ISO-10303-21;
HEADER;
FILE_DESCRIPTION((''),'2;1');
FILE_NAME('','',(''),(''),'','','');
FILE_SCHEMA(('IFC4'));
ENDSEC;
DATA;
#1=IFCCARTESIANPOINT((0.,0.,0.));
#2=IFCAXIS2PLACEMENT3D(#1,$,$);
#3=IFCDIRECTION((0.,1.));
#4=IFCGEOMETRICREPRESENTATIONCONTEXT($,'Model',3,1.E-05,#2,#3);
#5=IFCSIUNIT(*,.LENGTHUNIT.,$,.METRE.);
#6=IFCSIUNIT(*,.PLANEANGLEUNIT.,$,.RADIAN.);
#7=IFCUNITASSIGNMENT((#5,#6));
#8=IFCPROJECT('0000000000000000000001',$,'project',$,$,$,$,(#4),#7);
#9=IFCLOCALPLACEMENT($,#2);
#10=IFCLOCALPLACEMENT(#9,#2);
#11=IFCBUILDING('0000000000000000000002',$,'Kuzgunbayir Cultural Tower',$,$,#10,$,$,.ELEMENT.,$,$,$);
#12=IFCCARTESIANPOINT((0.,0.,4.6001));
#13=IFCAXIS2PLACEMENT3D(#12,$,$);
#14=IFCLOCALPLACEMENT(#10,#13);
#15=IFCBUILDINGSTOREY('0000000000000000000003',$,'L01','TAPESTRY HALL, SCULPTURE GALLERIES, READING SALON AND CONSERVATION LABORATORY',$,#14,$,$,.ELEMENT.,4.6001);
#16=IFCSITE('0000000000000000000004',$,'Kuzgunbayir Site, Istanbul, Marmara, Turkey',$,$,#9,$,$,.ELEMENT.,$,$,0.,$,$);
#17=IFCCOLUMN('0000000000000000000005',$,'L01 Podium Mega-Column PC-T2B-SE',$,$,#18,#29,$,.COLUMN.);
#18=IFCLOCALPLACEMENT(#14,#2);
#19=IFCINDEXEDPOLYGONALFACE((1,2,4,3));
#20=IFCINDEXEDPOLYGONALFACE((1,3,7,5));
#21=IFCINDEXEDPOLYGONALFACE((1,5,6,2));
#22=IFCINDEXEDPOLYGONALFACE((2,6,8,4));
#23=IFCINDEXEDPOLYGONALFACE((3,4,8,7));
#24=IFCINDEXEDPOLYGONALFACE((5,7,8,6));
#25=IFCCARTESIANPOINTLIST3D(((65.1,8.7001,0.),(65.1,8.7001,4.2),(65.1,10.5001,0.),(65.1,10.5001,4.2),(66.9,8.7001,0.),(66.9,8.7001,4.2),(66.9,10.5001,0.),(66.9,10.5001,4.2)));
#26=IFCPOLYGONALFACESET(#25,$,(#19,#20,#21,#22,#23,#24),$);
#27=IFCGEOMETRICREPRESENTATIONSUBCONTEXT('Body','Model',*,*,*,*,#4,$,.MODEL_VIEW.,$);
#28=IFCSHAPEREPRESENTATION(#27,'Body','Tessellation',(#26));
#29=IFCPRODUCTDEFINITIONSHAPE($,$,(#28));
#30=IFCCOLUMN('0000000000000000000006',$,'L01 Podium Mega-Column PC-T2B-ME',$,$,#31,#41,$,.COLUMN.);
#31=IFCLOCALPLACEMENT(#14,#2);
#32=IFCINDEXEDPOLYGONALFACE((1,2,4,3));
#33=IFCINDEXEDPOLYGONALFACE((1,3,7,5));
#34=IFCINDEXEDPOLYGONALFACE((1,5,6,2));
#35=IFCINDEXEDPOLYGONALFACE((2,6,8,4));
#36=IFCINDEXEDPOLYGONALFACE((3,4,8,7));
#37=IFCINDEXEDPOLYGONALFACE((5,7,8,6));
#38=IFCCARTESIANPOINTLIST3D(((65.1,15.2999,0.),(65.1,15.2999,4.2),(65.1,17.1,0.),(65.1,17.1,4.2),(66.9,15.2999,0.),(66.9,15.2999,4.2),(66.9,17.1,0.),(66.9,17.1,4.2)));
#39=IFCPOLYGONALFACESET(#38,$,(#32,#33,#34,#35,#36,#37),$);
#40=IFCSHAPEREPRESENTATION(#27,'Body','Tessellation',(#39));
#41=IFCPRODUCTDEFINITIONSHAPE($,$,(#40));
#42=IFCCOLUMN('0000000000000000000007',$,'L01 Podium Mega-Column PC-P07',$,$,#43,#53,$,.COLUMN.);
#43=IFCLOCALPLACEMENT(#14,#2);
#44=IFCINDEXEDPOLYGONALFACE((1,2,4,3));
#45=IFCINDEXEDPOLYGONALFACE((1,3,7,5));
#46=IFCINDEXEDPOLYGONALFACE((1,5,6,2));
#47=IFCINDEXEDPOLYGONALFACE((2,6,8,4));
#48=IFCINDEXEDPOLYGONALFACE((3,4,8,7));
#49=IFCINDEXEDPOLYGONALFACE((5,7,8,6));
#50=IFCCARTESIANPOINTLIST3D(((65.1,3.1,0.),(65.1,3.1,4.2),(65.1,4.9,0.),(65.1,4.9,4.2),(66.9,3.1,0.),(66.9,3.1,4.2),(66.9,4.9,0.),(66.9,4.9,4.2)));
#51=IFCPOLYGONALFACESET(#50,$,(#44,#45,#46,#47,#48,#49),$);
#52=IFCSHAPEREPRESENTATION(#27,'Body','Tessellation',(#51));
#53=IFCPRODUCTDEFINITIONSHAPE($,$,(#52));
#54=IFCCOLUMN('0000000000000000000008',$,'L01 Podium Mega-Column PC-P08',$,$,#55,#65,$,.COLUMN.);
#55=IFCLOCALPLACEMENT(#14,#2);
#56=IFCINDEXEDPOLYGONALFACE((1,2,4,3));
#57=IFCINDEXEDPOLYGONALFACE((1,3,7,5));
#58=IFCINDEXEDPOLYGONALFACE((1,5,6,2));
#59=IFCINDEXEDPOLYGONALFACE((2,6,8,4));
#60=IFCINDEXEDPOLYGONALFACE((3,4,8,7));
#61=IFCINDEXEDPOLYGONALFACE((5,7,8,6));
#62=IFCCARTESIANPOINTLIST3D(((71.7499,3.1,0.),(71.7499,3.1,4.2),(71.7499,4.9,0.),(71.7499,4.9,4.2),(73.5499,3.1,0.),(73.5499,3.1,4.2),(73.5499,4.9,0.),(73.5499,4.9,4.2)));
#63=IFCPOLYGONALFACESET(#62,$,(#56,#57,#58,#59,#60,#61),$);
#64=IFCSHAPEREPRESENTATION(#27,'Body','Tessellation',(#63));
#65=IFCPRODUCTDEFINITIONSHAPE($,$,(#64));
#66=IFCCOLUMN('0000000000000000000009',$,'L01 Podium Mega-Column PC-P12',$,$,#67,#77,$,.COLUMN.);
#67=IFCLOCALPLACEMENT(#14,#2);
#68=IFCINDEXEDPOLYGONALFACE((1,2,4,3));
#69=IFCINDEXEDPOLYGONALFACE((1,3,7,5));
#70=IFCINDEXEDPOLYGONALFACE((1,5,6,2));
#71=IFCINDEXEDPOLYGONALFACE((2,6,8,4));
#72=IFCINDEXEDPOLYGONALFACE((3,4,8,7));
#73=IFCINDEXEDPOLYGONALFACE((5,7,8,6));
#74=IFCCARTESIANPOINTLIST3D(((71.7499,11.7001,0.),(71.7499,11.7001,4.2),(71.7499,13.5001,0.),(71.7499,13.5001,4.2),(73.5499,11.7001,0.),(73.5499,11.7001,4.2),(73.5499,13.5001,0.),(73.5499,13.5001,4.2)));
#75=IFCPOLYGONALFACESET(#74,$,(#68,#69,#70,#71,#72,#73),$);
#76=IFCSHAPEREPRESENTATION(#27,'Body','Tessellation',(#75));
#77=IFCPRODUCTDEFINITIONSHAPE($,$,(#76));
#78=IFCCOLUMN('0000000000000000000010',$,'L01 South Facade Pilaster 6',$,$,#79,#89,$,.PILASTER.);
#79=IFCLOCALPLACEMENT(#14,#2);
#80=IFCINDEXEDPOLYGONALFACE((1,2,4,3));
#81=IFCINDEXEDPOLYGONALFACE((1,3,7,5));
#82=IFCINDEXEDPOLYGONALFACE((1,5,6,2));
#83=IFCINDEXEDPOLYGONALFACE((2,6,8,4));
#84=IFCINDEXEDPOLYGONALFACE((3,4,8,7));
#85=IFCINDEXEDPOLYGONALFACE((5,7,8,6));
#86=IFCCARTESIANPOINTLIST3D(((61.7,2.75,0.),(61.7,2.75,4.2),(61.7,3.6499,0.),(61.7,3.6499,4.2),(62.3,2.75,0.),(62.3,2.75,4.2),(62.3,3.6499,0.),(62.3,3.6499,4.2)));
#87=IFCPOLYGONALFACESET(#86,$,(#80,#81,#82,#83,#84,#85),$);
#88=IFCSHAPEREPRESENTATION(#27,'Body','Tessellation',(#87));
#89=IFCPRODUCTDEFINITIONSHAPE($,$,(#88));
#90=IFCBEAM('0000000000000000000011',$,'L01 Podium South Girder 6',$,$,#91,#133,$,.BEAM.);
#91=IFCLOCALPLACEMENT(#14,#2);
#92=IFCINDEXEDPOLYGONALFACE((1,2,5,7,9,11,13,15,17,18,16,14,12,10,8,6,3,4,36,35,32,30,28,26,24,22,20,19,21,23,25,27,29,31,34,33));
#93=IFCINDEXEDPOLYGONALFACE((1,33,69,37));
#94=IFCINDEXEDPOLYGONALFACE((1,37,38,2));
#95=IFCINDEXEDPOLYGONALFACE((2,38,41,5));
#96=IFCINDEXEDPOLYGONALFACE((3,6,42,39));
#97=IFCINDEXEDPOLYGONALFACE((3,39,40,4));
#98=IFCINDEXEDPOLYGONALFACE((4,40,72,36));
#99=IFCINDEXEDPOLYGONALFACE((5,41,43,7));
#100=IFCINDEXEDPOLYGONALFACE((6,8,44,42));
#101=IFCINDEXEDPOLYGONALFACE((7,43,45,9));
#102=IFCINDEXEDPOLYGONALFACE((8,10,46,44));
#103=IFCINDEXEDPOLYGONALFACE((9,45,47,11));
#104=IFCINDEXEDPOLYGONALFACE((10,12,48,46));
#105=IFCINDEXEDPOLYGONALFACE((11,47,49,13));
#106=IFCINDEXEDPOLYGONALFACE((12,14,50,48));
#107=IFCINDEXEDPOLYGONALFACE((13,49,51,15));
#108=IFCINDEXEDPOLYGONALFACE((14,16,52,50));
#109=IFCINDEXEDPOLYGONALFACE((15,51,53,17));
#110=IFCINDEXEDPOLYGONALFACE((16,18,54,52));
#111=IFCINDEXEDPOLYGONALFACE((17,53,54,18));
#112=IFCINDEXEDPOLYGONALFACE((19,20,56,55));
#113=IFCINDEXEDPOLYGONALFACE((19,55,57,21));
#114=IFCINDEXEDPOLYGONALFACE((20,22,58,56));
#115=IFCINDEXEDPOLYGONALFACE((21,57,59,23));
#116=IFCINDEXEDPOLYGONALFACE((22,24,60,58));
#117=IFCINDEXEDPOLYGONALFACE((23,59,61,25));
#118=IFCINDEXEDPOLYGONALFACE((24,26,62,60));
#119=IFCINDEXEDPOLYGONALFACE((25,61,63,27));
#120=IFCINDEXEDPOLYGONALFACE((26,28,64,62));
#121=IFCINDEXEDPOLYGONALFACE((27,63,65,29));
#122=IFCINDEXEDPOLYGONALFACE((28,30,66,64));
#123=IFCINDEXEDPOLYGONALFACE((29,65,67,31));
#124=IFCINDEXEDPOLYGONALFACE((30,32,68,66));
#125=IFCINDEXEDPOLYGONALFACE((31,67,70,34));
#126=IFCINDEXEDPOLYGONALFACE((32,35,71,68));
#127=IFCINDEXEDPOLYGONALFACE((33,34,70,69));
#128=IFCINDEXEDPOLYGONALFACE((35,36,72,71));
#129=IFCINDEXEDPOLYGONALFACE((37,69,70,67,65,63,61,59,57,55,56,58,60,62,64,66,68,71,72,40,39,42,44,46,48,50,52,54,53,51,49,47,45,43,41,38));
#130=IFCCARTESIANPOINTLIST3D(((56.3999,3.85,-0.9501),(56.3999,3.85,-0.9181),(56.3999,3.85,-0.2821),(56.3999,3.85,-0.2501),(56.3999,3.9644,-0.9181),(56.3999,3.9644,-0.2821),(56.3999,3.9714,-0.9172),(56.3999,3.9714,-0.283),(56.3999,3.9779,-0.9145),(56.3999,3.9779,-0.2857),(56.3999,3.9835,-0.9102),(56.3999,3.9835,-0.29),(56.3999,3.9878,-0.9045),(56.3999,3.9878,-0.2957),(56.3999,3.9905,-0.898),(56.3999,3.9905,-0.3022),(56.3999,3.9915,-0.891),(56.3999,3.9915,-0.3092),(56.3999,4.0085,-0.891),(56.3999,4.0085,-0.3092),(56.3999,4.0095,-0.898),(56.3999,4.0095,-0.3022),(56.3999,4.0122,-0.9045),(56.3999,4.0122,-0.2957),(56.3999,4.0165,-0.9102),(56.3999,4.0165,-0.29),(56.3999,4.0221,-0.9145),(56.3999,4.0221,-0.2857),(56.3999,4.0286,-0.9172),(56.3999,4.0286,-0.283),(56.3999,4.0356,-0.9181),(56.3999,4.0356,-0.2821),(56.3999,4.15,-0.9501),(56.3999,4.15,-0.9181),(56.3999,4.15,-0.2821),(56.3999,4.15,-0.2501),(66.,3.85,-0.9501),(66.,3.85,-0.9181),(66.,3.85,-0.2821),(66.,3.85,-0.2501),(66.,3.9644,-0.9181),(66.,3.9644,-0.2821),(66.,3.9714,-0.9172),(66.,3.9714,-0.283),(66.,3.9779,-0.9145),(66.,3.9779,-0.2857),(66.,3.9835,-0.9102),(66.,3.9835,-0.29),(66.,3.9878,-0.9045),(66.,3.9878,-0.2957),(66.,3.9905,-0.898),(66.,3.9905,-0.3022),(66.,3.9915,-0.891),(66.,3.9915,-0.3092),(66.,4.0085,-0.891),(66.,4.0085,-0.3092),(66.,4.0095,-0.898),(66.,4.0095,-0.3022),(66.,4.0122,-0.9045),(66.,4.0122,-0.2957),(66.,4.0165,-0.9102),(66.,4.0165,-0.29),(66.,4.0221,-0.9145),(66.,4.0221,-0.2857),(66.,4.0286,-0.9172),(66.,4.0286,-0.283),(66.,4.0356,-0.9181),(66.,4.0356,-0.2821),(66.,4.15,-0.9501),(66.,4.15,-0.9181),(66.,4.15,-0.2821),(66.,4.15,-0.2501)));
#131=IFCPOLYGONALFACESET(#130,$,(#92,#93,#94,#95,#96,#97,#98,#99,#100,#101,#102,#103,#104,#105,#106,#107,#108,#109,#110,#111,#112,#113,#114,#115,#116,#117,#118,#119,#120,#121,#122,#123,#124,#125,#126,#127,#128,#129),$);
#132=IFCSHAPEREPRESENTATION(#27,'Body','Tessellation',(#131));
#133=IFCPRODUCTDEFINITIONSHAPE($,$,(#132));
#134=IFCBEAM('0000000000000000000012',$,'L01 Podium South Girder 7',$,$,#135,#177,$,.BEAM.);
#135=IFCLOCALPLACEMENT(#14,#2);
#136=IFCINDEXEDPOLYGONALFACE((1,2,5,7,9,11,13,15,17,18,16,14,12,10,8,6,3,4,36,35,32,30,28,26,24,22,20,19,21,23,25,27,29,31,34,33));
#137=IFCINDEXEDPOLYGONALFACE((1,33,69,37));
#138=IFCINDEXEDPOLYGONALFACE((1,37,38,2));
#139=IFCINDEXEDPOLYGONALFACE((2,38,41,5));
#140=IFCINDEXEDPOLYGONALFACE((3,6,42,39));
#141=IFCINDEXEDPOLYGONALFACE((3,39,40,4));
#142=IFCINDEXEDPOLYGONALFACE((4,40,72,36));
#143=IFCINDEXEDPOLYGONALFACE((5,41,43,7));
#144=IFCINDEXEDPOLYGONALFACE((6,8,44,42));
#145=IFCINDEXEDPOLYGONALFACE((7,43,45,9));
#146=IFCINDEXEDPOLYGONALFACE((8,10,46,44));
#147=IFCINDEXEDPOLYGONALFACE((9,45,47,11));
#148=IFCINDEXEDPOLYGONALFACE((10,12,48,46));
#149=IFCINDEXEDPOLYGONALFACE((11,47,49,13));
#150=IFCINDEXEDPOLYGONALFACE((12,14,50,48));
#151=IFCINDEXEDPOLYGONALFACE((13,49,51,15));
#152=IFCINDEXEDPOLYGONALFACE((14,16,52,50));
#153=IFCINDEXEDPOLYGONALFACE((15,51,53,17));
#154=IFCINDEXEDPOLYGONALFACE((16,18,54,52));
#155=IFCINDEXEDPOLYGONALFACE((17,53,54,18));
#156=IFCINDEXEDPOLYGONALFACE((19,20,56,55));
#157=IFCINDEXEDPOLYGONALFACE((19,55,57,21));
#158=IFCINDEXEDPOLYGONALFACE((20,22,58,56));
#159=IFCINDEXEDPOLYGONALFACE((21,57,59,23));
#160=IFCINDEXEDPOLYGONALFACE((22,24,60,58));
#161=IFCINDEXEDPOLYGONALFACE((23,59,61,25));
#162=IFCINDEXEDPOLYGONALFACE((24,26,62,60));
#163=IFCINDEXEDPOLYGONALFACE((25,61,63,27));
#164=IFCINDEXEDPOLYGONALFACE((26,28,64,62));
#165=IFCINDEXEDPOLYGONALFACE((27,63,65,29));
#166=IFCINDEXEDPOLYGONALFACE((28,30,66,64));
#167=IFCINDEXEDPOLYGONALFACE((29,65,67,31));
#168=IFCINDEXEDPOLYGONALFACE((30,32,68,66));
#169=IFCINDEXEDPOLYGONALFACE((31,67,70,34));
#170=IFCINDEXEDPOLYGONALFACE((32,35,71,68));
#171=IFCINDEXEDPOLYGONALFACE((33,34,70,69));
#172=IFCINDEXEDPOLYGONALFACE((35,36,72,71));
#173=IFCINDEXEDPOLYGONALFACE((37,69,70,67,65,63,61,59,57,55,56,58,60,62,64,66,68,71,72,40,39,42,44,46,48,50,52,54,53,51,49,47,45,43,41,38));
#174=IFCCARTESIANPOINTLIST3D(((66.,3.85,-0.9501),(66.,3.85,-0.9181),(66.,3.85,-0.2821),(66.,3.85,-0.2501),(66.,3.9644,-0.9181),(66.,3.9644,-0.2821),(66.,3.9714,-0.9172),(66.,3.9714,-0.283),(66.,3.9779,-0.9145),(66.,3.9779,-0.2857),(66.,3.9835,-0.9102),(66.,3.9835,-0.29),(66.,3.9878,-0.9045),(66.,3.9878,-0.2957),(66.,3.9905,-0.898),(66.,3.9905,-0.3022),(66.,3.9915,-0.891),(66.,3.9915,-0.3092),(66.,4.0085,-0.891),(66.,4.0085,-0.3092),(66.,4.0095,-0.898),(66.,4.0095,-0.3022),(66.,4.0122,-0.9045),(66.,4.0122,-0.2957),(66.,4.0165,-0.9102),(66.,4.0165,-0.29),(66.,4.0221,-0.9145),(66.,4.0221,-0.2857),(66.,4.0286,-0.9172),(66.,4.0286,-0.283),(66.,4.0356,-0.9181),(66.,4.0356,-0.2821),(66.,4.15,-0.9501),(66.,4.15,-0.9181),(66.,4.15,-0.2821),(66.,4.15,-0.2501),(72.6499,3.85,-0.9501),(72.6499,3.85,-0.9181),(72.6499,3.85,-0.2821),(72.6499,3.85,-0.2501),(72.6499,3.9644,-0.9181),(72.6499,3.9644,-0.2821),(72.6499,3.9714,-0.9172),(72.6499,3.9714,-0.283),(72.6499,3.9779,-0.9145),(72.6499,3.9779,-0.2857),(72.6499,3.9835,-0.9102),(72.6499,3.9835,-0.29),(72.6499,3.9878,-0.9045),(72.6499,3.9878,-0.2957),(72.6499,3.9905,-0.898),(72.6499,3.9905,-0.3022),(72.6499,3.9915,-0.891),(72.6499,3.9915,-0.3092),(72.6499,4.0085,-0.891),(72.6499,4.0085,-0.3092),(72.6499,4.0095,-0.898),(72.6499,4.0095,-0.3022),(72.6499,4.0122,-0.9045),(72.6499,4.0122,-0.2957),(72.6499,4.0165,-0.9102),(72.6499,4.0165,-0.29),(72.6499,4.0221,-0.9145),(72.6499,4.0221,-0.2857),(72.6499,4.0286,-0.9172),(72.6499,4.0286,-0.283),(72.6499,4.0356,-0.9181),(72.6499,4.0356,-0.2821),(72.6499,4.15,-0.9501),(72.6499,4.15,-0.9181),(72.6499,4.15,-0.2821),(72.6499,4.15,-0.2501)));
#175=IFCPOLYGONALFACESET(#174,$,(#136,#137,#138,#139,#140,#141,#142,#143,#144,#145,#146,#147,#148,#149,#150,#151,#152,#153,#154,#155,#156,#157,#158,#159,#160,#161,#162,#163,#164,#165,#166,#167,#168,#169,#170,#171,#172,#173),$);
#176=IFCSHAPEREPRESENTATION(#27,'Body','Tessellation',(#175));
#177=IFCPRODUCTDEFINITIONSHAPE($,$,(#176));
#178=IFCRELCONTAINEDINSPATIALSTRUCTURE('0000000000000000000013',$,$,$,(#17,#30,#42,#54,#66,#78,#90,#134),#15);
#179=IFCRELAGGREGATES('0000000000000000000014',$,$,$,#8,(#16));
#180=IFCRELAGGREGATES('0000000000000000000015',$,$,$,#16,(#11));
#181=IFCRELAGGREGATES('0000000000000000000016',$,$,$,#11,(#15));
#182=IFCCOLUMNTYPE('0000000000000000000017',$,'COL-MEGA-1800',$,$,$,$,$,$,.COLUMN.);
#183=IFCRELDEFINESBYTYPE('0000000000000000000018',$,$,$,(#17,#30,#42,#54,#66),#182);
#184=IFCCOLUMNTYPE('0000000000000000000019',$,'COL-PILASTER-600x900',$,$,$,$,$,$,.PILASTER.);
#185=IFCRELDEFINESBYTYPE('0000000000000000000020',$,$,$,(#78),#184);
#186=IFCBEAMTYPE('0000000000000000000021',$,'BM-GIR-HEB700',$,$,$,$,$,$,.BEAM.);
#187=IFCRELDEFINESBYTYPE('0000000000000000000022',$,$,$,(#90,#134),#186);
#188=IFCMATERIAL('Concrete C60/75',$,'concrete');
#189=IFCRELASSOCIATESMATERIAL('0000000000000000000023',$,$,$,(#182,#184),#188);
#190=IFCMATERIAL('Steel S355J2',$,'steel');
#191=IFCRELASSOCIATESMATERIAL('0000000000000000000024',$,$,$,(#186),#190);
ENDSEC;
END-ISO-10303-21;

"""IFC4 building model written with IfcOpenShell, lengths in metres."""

from ifc_helpers import new_model, si_unit, direction, frame, origin, origin_2d, place, context, subcontext, project, spatial, rectangle, i_section, extrude, material, material_profile, profile_set, type_object, element, save


model = new_model("IFC4")

# Units and contexts
model_context = context("Model", 3, precision=1e-05, world=origin(), true_north=direction((0.0, 1.0)))
body_context = subcontext(model_context, "Body", "Model", "MODEL_VIEW")
ifc_project = project(units=[si_unit("LENGTHUNIT", "METRE"), si_unit("PLANEANGLEUNIT", "RADIAN")], contexts=[model_context])

# Site, building, storey
site_placement = place(None, origin())
site = spatial("IfcSite", under=ifc_project, at=site_placement, Name="Kuzgunbayir Site, Istanbul, Marmara, Turkey", CompositionType="ELEMENT", RefElevation=0.0)
building_placement = place(site_placement, origin())
building = spatial("IfcBuilding", under=site, at=building_placement, Name="Kuzgunbayir Cultural Tower", CompositionType="ELEMENT")
storey_placement = place(building_placement, frame((0.0, 0.0, 4.6001)))
storey = spatial("IfcBuildingStorey", under=building, at=storey_placement, Name="L01", Description="TAPESTRY HALL, SCULPTURE GALLERIES, READING SALON AND CONSERVATION LABORATORY", CompositionType="ELEMENT", Elevation=4.6001)

# Columns
ifc_material_1 = material(Name="Concrete C60/75", Category="concrete")
ifc_material_profile_1 = material_profile(ifc_material_1, rectangle(XDim=1.8, YDim=1.8, at=origin_2d()), Name="RC 1800x1800")
ifc_profile_set_1 = profile_set([ifc_material_profile_1], Name="Concrete C60/75")
column_type_1 = type_object("IfcColumnType", Name="COL-MEGA-1800", PredefinedType="COLUMN", material=ifc_profile_set_1)
for number, where, z_axis, x_axis, name in (
    (1, (66.0, 9.6001, 0.0), (0.0, 0.0, 1.0), (1.0, 0.0, 0.0), "L01 Podium Mega-Column PC-T2B-SE"),
    (2, (66.0, 16.2, 0.0), (0.0, 0.0, 1.0), (1.0, 0.0, 0.0), "L01 Podium Mega-Column PC-T2B-ME"),
    (3, (66.0, 4.0, 0.0), (0.0, 0.0, 1.0), (1.0, 0.0, 0.0), "L01 Podium Mega-Column PC-P07"),
    (4, (72.6499, 4.0, 0.0), (0.0, 0.0, 1.0), (1.0, 0.0, 0.0), "L01 Podium Mega-Column PC-P08"),
    (5, (72.6499, 12.6001, 0.0), (0.0, 0.0, 1.0), (1.0, 0.0, 0.0), "L01 Podium Mega-Column PC-P12"),
):
    element("IfcColumn", number, at=place(storey_placement, frame(where, z_axis=z_axis, x_axis=x_axis)), inside=storey, type_object=column_type_1, Name=name, PredefinedType="COLUMN", context=body_context, shape_type="SweptSolid", body=[
        extrude(rectangle(XDim=1.8, YDim=1.8, at=origin_2d()), origin(), (0.0, 0.0, 1.0), 4.2),
    ])
ifc_material_profile_2 = material_profile(ifc_material_1, rectangle(XDim=0.6001, YDim=0.8999, at=origin_2d()), Name="RC 600x900")
ifc_profile_set_2 = profile_set([ifc_material_profile_2], Name="Concrete C60/75")
column_type_2 = type_object("IfcColumnType", Name="COL-PILASTER-600x900", PredefinedType="PILASTER", material=ifc_profile_set_2)
column_placement = place(storey_placement, frame((62.0, 3.2, 0.0), z_axis=(0.0, 0.0, 1.0), x_axis=(1.0, 0.0, 0.0)))
element("IfcColumn", 6, at=column_placement, inside=storey, type_object=column_type_2, Name="L01 South Facade Pilaster 6", PredefinedType="PILASTER", context=body_context, shape_type="SweptSolid", body=[
    extrude(rectangle(XDim=0.6001, YDim=0.8999, at=origin_2d()), origin(), (0.0, 0.0, 1.0), 4.2),
])

# Beams
ifc_material_2 = material(Name="Steel S355J2", Category="steel")
ifc_material_profile_3 = material_profile(ifc_material_2, i_section(OverallWidth=0.3, OverallDepth=0.7, WebThickness=0.0171, FlangeThickness=0.032, FilletRadius=0.0271, at=origin_2d()), Name="HEB 700")
ifc_profile_set_3 = profile_set([ifc_material_profile_3], Name="Steel S355J2")
beam_type = type_object("IfcBeamType", Name="BM-GIR-HEB700", PredefinedType="BEAM", material=ifc_profile_set_3)
beam_1_placement = place(storey_placement, frame((56.3999, 4.0, -0.6001), z_axis=(1.0, 0.0, 0.0), x_axis=(0.0, 1.0, 0.0)))
element("IfcBeam", 7, at=beam_1_placement, inside=storey, type_object=beam_type, Name="L01 Podium South Girder 6", PredefinedType="BEAM", context=body_context, shape_type="SweptSolid", body=[
    extrude(i_section(OverallWidth=0.3, OverallDepth=0.7, WebThickness=0.0171, FlangeThickness=0.032, FilletRadius=0.0271, at=origin_2d()), origin(), (0.0, 0.0, 1.0), 9.6001),
])
beam_2_placement = place(storey_placement, frame((66.0, 4.0, -0.6001), z_axis=(1.0, 0.0, 0.0), x_axis=(0.0, 1.0, 0.0)))
element("IfcBeam", 8, at=beam_2_placement, inside=storey, type_object=beam_type, Name="L01 Podium South Girder 7", PredefinedType="BEAM", context=body_context, shape_type="SweptSolid", body=[
    extrude(i_section(OverallWidth=0.3, OverallDepth=0.7, WebThickness=0.0171, FlangeThickness=0.032, FilletRadius=0.0271, at=origin_2d()), origin(), (0.0, 0.0, 1.0), 6.6499),
])

save(model, "model.ifc")
